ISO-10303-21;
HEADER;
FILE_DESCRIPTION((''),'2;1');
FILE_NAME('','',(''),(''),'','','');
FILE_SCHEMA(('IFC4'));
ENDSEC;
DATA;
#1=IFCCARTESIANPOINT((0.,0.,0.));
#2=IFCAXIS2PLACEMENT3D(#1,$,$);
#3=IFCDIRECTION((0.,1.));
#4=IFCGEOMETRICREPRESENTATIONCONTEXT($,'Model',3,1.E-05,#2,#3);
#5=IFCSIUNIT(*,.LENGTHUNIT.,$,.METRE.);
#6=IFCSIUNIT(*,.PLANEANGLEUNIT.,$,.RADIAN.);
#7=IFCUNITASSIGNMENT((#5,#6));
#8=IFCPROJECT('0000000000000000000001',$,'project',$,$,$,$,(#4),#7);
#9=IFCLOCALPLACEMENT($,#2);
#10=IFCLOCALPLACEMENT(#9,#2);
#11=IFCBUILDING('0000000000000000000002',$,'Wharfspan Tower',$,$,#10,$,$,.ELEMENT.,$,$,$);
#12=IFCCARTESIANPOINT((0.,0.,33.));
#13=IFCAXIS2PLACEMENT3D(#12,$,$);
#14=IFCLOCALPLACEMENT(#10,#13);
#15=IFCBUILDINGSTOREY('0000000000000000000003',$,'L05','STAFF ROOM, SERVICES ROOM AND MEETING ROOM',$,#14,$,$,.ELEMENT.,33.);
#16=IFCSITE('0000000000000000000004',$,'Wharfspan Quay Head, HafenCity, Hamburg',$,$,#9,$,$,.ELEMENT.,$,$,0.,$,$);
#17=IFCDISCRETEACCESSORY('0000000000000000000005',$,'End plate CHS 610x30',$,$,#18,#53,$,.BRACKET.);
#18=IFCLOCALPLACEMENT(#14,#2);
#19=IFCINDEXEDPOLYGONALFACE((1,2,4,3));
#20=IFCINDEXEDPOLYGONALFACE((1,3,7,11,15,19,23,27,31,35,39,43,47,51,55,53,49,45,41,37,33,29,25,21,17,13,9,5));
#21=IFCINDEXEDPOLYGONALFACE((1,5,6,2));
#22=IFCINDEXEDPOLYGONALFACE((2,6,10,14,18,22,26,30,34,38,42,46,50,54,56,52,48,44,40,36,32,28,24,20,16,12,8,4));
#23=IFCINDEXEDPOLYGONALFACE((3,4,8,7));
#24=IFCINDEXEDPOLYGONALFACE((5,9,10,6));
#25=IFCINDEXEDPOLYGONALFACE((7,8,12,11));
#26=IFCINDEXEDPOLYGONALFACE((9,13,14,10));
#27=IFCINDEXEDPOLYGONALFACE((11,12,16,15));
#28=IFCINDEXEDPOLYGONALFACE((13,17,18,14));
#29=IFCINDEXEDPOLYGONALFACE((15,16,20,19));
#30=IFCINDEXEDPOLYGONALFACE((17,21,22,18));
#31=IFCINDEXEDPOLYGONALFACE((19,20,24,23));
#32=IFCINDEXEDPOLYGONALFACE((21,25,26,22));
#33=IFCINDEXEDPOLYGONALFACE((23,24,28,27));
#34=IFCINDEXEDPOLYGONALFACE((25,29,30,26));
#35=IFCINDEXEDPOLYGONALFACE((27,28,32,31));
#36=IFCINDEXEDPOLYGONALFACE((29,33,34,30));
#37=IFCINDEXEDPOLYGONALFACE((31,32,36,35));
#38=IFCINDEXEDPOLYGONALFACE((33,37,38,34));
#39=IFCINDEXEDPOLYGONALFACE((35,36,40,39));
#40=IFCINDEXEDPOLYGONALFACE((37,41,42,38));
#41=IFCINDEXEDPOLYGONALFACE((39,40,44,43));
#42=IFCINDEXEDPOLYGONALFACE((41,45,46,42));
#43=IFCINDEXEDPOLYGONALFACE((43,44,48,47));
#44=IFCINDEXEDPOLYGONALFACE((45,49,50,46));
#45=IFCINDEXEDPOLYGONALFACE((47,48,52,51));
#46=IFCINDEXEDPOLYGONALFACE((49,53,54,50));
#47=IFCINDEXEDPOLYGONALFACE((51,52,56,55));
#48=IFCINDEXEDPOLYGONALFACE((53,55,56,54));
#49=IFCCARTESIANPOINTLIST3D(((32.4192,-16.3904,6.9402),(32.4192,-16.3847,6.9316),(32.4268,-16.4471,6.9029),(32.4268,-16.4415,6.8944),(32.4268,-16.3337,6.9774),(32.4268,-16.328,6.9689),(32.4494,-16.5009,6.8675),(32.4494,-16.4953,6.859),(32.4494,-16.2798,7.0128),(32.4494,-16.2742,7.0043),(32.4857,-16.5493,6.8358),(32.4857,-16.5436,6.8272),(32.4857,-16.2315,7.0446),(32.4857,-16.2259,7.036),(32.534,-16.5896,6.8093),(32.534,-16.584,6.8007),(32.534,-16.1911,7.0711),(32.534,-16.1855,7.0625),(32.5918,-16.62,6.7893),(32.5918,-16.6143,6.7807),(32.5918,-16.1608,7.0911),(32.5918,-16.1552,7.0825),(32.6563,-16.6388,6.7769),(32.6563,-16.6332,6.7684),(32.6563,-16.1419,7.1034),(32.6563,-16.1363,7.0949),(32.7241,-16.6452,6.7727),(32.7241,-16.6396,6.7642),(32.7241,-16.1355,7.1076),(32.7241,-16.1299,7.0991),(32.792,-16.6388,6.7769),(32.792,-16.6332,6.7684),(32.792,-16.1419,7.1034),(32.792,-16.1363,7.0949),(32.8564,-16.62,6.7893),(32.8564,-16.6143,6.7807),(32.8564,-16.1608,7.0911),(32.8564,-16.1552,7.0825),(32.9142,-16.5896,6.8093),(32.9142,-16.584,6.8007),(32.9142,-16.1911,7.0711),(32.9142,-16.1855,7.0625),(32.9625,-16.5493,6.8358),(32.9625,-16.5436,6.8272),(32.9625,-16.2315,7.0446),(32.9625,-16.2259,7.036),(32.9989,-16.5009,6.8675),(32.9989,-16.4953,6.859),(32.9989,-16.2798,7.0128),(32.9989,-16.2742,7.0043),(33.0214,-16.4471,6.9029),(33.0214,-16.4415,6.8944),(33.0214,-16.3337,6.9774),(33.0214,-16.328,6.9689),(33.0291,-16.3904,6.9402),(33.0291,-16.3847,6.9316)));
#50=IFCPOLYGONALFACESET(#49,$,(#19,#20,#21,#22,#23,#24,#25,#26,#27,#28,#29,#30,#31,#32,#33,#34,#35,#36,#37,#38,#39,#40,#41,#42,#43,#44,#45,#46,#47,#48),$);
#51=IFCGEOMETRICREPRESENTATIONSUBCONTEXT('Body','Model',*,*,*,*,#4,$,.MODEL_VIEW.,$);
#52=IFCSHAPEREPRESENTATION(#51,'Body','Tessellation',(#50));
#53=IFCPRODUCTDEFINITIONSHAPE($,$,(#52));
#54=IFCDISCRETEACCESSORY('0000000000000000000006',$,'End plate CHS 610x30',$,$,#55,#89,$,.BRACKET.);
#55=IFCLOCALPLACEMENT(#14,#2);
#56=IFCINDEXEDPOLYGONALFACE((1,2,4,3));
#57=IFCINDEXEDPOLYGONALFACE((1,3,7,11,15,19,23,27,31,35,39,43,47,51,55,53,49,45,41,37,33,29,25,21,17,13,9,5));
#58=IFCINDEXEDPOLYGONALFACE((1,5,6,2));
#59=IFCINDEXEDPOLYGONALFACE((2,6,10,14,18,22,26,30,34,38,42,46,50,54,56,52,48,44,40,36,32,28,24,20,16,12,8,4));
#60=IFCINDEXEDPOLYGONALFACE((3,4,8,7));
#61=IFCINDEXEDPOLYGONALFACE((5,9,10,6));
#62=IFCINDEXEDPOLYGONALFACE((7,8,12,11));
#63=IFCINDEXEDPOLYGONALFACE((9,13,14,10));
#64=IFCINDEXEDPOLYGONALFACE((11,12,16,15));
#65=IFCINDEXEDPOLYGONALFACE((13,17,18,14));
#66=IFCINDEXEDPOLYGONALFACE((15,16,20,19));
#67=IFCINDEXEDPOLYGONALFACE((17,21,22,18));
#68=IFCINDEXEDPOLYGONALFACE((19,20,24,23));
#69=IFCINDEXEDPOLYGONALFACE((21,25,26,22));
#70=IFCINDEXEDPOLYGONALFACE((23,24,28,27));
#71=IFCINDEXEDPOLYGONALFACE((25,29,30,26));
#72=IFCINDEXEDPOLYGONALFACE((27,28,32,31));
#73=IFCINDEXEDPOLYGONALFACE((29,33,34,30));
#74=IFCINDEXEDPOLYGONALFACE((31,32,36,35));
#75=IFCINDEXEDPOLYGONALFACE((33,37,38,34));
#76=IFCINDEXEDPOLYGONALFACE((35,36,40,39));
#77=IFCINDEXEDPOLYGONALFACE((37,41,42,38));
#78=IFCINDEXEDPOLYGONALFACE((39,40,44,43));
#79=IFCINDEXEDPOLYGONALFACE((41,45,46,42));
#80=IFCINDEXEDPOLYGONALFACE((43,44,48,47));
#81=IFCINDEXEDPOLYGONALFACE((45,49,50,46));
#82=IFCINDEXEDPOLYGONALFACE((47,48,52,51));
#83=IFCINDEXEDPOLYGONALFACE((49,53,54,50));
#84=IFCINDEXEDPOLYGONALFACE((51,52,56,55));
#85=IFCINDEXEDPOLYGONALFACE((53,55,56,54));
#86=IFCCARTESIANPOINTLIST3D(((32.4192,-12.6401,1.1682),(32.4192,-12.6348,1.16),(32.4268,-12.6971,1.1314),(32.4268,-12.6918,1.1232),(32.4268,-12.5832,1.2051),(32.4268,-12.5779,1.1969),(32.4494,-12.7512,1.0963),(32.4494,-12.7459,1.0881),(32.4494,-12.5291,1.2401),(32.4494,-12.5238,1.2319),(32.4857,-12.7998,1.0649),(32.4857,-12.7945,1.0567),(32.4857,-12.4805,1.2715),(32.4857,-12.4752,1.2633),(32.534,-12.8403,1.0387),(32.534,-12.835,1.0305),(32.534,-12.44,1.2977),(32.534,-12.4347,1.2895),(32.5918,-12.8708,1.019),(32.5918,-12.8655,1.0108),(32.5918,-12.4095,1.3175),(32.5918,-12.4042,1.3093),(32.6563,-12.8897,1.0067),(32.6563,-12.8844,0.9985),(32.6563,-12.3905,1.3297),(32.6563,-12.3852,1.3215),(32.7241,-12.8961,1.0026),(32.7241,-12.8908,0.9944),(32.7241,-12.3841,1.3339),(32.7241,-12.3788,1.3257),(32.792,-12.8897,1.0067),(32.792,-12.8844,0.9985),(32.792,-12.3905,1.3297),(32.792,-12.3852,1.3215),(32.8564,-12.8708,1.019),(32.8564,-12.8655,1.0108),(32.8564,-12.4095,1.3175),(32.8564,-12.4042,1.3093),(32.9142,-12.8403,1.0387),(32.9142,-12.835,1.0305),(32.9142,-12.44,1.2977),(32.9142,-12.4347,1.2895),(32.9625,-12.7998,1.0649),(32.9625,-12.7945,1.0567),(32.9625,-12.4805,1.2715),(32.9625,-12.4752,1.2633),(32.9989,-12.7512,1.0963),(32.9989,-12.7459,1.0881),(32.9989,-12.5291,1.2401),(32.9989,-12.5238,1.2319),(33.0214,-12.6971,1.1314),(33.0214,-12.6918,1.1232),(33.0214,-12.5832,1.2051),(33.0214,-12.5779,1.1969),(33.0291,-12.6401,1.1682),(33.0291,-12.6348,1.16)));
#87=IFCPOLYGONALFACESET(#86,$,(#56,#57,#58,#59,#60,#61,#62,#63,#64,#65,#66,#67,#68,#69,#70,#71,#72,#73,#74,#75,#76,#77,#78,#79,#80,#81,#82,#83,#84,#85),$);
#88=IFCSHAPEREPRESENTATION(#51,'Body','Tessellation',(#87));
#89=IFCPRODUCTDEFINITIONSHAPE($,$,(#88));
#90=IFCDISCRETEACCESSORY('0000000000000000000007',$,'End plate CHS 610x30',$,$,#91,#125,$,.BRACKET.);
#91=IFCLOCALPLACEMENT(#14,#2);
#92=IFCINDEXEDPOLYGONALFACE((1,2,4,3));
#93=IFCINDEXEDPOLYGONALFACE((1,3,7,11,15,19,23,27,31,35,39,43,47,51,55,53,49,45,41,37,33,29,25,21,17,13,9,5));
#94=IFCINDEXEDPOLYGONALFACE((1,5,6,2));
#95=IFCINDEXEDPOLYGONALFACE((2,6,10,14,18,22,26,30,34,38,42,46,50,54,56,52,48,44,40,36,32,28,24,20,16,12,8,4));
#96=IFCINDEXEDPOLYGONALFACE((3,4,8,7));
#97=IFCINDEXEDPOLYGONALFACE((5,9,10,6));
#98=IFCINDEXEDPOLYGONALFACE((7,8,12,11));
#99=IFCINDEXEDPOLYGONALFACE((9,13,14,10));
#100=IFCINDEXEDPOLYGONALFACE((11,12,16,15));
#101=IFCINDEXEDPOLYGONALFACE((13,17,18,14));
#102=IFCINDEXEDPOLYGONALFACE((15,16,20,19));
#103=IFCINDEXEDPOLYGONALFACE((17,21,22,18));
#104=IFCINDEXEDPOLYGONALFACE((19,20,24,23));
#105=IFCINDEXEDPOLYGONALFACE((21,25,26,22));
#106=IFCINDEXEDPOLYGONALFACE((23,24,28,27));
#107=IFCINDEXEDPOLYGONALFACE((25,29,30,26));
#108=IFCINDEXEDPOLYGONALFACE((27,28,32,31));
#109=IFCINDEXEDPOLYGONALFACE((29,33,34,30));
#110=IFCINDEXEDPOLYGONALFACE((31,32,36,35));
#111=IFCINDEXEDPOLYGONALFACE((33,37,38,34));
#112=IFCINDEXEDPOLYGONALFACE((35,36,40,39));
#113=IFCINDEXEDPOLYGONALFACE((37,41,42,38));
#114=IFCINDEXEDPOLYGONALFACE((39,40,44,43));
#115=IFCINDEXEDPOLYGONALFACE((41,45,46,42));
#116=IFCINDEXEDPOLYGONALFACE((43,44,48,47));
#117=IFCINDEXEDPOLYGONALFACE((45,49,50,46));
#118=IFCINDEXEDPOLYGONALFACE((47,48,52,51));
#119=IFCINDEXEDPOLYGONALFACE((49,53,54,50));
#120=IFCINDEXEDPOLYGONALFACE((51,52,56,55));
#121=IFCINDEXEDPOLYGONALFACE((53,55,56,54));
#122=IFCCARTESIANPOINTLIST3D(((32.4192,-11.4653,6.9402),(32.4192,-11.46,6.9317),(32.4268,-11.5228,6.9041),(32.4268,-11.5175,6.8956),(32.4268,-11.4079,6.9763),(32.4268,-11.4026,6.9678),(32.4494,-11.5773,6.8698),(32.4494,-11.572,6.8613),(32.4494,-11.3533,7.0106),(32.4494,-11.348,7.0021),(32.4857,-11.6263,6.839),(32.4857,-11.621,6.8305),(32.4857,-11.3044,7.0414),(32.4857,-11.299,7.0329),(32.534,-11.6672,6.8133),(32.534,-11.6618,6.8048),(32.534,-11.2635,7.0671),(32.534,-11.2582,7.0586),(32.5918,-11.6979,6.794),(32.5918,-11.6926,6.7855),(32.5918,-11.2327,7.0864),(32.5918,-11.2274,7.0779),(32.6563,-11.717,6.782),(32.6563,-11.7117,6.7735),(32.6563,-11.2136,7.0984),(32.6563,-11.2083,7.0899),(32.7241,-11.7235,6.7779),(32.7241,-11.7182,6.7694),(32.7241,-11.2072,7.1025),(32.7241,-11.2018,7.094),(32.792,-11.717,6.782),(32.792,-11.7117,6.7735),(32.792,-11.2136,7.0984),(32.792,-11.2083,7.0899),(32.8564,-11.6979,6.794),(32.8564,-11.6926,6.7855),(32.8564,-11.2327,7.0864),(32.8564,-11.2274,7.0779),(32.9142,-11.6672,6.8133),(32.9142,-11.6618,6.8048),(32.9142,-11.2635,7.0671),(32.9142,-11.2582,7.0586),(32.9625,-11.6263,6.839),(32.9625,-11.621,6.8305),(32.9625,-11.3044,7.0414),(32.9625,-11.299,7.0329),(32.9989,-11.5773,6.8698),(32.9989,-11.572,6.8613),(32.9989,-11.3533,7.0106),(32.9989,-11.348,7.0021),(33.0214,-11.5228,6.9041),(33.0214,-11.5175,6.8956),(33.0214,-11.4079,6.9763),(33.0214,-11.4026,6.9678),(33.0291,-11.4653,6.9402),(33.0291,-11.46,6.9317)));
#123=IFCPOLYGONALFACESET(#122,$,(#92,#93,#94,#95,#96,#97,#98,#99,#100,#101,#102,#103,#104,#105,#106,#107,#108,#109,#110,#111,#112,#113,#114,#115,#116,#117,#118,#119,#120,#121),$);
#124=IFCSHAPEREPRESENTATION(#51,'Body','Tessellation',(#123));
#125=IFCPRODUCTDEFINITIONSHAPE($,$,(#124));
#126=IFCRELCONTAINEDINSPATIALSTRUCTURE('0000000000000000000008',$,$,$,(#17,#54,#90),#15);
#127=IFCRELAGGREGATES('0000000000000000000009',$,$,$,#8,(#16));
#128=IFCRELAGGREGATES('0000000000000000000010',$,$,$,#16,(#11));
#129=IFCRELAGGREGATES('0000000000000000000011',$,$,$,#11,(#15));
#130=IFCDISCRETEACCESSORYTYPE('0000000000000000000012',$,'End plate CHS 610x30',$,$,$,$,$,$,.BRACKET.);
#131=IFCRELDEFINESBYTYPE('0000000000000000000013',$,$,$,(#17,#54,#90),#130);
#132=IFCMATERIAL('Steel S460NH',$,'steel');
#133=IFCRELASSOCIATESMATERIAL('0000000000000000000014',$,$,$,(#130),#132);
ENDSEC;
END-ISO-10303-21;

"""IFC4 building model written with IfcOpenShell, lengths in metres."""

from ifc_helpers import new_model, si_unit, direction, frame, origin, origin_2d, place, context, subcontext, project, spatial, circle, extrude, material, material_profile, profile_set, type_object, element, save


model = new_model("IFC4")

# Units and contexts
model_context = context("Model", 3, precision=1e-05, world=origin(), true_north=direction((0.0, 1.0)))
body_context = subcontext(model_context, "Body", "Model", "MODEL_VIEW")
ifc_project = project(units=[si_unit("LENGTHUNIT", "METRE"), si_unit("PLANEANGLEUNIT", "RADIAN")], contexts=[model_context])

# Site, building, storey
site_placement = place(None, origin())
site = spatial("IfcSite", under=ifc_project, at=site_placement, Name="Wharfspan Quay Head, HafenCity, Hamburg", CompositionType="ELEMENT", RefElevation=0.0)
building_placement = place(site_placement, origin())
building = spatial("IfcBuilding", under=site, at=building_placement, Name="Wharfspan Tower", CompositionType="ELEMENT")
storey_placement = place(building_placement, frame((0.0, 0.0, 33.0)))
storey = spatial("IfcBuildingStorey", under=building, at=storey_placement, Name="L05", Description="STAFF ROOM, SERVICES ROOM AND MEETING ROOM", CompositionType="ELEMENT", Elevation=33.0)

# Shared definitions
ifc_material_1 = material(Name="Steel S460NH", Category="steel")

# Discrete accessories
ifc_material_profile_1 = material_profile(ifc_material_1, circle(Radius=0.3049, at=origin_2d()))
ifc_profile_set_1 = profile_set([ifc_material_profile_1], Name="Steel S460NH")
discrete_accessory_type = type_object("IfcDiscreteAccessoryType", Name="End plate CHS 610x30", PredefinedType="BRACKET", material=ifc_profile_set_1)
discrete_accessory_1_placement = place(storey_placement, frame((32.7241, -16.3904, 6.9402), z_axis=(0.0, 0.549178, -0.835705), x_axis=(-1.0, 0.0, 0.0)))
element("IfcDiscreteAccessory", 1, at=discrete_accessory_1_placement, inside=storey, type_object=discrete_accessory_type, Name="End plate CHS 610x30", PredefinedType="BRACKET", context=body_context, shape_type="SweptSolid", body=[
    extrude(circle(Radius=0.3049, at=origin_2d()), origin(), (0.0, 0.0, 1.0), 0.0103),
])
discrete_accessory_2_placement = place(storey_placement, frame((32.7241, -12.6401, 1.1682), z_axis=(0.0, 0.543251, -0.83957), x_axis=(-1.0, 0.0, 0.0)))
element("IfcDiscreteAccessory", 2, at=discrete_accessory_2_placement, inside=storey, type_object=discrete_accessory_type, Name="End plate CHS 610x30", PredefinedType="BRACKET", context=body_context, shape_type="SweptSolid", body=[
    extrude(circle(Radius=0.3049, at=origin_2d()), origin(), (0.0, 0.0, 1.0), 0.0098),
])
discrete_accessory_3_placement = place(storey_placement, frame((32.7241, -11.4653, 6.9402), z_axis=(0.0, 0.532172, -0.846637), x_axis=(-1.0, 0.0, 0.0)))
element("IfcDiscreteAccessory", 3, at=discrete_accessory_3_placement, inside=storey, type_object=discrete_accessory_type, Name="End plate CHS 610x30", PredefinedType="BRACKET", context=body_context, shape_type="SweptSolid", body=[
    extrude(circle(Radius=0.3049, at=origin_2d()), origin(), (0.0, 0.0, 1.0), 0.01),
])

save(model, "model.ifc")
